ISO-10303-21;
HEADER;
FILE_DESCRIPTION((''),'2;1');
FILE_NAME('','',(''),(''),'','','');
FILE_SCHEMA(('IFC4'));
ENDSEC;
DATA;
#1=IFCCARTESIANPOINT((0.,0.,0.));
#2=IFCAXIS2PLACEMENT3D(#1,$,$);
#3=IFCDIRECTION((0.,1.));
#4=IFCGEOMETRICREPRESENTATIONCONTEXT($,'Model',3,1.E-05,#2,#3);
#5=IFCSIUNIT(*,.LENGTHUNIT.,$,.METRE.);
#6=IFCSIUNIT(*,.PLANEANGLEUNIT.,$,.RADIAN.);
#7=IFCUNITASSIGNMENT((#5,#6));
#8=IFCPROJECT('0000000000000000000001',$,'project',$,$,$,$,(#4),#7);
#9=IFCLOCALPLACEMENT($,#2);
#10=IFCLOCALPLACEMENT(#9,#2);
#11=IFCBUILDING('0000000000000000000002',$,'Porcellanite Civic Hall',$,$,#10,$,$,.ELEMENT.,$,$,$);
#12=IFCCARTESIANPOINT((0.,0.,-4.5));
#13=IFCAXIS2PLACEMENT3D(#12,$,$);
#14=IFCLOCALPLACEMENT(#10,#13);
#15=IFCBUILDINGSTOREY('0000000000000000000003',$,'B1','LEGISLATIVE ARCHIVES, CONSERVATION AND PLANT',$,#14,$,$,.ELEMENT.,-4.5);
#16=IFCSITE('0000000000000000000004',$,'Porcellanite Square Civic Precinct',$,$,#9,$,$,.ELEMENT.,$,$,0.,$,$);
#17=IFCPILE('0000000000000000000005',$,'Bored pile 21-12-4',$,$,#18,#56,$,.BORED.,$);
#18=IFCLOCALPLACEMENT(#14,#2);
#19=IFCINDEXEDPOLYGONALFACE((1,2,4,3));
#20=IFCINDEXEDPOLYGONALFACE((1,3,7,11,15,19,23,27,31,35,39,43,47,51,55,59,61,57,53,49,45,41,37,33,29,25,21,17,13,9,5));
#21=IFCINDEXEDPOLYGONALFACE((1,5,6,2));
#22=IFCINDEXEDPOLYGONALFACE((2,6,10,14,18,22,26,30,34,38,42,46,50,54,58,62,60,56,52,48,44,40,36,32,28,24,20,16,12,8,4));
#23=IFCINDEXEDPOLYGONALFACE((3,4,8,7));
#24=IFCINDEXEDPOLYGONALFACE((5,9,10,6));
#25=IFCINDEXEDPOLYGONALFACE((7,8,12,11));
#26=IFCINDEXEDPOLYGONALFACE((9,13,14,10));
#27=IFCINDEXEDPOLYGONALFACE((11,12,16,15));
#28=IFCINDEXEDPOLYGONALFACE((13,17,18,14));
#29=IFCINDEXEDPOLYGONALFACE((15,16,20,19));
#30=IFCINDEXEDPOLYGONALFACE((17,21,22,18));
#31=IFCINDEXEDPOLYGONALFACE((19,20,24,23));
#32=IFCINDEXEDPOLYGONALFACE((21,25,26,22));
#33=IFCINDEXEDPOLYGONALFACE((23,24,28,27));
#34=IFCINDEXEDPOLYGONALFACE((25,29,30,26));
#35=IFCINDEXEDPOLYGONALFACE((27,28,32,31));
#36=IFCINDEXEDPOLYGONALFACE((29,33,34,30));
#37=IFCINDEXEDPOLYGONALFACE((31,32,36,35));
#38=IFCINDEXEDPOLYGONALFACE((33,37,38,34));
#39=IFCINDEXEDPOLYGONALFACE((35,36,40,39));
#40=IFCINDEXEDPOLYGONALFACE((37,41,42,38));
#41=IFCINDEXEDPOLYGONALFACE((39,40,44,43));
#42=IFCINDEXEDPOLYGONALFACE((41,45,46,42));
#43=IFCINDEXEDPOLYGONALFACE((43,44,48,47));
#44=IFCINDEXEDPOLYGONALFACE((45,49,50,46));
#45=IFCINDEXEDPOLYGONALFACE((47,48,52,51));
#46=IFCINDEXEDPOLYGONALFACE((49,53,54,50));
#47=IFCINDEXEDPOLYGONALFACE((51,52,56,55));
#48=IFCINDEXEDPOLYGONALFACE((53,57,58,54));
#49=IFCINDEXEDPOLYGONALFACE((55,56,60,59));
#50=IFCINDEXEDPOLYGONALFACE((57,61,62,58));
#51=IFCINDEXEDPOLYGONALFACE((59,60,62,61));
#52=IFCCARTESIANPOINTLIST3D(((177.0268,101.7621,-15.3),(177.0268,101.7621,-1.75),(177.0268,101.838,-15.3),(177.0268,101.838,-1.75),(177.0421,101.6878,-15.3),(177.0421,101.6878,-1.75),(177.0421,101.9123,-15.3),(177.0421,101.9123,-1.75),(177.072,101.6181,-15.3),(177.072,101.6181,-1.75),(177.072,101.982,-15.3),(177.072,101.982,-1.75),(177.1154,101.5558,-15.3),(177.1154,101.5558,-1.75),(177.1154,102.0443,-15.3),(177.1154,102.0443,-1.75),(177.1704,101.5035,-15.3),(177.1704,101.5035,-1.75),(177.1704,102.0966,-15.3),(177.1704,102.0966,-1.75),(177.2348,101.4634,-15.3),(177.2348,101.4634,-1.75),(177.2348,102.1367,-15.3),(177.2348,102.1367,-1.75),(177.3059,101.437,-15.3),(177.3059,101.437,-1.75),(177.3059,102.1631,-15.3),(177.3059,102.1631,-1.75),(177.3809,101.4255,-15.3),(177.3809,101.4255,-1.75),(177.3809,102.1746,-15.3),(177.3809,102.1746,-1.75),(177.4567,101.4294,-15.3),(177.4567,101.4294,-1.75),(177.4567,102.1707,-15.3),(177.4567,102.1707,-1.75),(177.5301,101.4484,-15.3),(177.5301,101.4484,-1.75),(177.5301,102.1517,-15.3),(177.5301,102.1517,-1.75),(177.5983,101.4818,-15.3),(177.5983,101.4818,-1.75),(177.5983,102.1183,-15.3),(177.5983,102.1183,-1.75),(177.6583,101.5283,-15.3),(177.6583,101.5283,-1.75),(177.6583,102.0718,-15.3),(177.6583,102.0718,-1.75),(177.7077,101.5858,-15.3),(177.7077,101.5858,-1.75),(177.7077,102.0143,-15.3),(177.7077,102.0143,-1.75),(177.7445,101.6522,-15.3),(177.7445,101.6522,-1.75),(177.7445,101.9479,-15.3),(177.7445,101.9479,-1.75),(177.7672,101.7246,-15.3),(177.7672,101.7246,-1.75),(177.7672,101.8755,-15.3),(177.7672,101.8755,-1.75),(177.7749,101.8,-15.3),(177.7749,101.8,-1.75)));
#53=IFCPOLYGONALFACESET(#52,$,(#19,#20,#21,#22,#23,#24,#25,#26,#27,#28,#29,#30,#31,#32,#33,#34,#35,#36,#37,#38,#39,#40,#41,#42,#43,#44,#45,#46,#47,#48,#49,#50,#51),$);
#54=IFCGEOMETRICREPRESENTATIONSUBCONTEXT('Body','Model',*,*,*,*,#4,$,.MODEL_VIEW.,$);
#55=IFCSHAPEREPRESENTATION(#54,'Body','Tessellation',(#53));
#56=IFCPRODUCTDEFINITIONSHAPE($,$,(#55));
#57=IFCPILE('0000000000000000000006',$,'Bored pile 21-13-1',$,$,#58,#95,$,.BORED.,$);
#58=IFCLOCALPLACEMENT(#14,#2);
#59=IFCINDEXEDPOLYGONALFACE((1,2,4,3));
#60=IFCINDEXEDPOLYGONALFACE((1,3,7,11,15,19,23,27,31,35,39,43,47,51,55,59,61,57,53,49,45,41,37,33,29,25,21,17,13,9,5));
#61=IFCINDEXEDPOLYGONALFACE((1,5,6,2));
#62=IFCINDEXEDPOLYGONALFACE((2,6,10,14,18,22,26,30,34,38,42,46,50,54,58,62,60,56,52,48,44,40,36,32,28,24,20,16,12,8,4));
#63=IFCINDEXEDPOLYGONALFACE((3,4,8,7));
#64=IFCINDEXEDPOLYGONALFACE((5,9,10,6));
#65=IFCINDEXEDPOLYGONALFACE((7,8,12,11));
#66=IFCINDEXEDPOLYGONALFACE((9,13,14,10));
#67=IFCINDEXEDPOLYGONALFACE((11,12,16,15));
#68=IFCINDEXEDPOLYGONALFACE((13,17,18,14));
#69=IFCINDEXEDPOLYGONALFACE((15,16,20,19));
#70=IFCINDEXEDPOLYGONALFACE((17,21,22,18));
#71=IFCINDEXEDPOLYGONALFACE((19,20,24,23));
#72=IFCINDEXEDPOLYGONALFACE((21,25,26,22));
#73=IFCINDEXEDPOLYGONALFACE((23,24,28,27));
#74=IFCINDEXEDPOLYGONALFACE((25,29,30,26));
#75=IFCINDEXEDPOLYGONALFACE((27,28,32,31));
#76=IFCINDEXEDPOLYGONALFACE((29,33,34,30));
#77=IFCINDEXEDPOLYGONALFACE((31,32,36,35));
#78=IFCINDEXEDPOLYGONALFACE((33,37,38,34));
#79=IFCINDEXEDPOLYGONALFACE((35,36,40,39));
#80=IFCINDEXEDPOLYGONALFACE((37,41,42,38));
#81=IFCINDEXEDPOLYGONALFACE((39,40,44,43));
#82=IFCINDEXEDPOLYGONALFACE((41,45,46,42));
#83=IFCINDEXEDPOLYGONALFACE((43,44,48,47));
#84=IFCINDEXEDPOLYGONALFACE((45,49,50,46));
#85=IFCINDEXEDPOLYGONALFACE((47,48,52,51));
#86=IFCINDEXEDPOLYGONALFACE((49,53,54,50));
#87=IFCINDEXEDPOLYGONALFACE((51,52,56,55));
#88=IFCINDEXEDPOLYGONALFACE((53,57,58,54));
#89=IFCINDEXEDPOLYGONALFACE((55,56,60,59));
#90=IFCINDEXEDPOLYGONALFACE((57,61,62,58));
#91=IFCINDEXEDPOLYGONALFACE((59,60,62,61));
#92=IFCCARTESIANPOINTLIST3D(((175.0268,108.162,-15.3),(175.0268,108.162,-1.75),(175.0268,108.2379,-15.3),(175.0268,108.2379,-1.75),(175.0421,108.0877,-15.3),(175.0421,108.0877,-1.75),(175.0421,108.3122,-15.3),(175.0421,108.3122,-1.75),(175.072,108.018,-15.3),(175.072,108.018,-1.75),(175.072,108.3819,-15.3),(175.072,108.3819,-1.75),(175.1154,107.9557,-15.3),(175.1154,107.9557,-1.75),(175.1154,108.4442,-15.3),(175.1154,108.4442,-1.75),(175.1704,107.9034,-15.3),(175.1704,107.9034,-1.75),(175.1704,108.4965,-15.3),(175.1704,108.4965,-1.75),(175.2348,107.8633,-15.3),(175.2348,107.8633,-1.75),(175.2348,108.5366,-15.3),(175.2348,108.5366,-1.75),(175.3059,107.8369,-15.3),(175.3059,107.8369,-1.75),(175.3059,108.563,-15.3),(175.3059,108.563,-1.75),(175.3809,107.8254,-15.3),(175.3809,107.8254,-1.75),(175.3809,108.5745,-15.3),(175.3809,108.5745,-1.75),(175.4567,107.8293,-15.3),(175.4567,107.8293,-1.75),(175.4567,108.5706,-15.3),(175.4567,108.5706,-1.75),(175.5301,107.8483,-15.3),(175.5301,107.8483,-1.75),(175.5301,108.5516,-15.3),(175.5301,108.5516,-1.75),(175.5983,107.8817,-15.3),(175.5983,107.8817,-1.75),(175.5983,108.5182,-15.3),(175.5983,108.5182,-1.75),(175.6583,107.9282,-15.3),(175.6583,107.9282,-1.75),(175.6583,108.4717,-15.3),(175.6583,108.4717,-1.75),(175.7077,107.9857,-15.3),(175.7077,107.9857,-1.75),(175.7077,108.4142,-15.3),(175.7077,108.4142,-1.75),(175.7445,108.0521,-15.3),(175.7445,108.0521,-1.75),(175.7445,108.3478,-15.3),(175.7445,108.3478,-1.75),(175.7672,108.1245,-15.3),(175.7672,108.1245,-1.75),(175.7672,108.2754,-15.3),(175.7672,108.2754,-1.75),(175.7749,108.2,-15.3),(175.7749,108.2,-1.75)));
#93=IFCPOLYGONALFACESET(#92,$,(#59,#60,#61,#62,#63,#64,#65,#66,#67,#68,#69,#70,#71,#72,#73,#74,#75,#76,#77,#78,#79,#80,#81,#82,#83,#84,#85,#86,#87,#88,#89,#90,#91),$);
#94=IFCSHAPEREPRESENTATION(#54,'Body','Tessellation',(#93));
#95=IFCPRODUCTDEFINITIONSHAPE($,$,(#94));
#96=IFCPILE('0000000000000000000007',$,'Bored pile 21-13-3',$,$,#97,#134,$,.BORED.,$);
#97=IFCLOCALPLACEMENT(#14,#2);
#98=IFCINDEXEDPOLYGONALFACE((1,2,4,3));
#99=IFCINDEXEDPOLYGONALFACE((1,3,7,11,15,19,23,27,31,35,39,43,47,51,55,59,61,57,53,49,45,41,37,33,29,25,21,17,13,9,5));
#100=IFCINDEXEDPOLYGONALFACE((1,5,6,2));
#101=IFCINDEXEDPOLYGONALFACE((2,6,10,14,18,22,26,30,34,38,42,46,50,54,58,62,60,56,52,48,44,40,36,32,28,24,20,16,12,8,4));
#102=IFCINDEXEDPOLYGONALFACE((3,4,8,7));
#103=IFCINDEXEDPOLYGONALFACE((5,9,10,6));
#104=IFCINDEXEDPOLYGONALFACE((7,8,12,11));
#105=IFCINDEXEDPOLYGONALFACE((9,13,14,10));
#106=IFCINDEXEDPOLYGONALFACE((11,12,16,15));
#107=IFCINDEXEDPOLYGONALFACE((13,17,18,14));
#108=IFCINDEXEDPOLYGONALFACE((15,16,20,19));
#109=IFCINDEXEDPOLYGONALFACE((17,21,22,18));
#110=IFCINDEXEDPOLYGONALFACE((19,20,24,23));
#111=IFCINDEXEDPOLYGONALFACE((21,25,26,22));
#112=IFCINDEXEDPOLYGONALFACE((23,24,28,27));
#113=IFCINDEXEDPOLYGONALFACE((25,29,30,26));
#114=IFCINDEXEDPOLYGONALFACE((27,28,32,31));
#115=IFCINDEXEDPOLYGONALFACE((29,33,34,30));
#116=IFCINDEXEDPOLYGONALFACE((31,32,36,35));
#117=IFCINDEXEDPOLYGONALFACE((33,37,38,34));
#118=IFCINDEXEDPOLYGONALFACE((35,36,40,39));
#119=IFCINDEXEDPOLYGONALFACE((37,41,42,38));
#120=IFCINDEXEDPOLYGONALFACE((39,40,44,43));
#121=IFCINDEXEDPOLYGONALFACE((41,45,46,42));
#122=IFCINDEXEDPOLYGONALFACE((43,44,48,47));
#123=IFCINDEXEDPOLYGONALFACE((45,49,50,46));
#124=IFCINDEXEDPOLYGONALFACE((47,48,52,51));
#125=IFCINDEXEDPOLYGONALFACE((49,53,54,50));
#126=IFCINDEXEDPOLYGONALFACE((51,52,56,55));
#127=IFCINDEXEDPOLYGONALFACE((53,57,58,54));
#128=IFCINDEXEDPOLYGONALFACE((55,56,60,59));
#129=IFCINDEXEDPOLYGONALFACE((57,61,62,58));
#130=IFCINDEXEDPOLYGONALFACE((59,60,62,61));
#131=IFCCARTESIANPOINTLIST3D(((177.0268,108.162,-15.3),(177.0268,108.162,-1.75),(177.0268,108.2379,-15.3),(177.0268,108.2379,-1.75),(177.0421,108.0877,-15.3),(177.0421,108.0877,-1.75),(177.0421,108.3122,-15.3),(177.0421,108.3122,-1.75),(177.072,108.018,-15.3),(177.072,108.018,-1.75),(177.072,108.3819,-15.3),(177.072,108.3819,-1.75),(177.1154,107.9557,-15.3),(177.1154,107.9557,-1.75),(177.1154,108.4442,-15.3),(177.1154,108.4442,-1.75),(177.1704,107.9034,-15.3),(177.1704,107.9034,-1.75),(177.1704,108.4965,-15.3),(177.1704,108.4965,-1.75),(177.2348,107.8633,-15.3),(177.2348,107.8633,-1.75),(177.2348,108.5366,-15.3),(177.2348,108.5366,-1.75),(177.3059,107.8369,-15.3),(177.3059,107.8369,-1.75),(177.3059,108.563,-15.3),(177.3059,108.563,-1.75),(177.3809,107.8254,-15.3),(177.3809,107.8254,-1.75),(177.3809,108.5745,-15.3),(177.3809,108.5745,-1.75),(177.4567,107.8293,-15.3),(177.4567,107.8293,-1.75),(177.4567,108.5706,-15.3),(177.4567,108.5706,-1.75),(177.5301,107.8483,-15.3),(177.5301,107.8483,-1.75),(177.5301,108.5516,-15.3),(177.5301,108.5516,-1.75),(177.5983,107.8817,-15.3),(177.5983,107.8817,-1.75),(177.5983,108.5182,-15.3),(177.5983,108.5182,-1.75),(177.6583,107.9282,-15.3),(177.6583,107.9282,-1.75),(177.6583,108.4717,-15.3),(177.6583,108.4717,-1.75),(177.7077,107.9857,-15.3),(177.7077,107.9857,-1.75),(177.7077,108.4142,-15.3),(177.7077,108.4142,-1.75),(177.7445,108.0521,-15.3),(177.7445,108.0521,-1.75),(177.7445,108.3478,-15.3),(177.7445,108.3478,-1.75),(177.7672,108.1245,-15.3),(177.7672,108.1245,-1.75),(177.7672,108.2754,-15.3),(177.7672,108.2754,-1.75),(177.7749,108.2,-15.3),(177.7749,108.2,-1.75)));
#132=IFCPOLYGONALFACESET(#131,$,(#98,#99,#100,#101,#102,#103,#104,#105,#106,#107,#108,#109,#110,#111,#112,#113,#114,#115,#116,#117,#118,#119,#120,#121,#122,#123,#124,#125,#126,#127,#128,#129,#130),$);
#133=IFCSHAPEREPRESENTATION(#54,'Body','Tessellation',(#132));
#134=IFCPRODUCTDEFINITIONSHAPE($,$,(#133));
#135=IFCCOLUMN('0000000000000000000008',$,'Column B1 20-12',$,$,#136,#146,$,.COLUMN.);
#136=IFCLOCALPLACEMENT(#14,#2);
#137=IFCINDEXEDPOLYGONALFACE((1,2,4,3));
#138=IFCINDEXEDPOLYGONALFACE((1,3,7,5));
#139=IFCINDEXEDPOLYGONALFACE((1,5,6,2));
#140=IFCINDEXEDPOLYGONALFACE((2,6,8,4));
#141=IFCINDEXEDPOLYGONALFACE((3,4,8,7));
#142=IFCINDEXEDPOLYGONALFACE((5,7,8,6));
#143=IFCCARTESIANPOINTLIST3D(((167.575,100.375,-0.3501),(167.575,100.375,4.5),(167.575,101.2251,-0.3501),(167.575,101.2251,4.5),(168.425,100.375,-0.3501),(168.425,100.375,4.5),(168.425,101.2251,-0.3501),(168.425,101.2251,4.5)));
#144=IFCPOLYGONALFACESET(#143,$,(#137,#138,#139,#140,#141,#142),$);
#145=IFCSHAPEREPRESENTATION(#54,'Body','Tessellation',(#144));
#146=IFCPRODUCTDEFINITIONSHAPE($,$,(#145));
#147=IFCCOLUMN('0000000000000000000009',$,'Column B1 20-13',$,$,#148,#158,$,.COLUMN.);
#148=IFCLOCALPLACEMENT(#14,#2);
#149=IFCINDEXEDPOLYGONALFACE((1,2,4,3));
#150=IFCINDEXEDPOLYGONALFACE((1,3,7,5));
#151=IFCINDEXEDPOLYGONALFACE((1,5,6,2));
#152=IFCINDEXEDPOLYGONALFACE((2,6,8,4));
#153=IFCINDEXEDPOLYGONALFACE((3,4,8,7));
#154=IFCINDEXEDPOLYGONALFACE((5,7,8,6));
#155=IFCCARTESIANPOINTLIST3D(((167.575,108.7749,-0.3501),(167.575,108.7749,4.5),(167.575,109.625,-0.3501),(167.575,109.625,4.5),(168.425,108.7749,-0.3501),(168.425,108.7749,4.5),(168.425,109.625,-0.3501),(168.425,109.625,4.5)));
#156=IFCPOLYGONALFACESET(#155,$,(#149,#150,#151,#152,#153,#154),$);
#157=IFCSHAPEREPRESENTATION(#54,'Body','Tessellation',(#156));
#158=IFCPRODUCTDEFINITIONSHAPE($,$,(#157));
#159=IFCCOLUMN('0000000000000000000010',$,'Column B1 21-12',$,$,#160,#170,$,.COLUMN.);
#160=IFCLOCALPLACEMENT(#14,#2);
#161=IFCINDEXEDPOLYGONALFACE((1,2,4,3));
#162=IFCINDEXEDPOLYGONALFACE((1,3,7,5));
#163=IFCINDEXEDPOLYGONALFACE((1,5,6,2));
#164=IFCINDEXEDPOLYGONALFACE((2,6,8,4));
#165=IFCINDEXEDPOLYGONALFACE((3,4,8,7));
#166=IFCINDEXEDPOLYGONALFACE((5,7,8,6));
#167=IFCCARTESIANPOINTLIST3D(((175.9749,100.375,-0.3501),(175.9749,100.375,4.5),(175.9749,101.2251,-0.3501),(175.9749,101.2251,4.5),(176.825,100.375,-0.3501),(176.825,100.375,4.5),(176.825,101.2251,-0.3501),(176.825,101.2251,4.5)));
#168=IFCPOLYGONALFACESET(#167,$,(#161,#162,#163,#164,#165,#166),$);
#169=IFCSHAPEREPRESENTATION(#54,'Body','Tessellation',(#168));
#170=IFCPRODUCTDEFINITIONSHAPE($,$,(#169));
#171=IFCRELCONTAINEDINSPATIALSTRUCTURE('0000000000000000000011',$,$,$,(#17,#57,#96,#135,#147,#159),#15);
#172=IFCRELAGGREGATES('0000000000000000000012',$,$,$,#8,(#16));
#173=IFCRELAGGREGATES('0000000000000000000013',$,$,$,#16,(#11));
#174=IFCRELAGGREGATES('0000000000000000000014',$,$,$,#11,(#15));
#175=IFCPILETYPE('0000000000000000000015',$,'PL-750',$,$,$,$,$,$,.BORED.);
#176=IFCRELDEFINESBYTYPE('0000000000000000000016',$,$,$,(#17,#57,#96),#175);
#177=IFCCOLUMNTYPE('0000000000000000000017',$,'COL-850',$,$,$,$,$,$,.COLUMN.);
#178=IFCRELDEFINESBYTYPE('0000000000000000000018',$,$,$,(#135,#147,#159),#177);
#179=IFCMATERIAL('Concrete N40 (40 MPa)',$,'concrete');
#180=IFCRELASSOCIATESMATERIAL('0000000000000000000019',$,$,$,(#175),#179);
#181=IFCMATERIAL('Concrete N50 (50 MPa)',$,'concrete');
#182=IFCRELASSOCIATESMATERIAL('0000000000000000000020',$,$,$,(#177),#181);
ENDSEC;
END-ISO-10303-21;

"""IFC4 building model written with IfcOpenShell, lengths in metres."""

from ifc_helpers import new_model, si_unit, direction, frame, origin, origin_2d, place, context, subcontext, project, spatial, rectangle, circle, extrude, material, material_profile, profile_set, type_object, element, save


model = new_model("IFC4")

# Units and contexts
model_context = context("Model", 3, precision=1e-05, world=origin(), true_north=direction((0.0, 1.0)))
body_context = subcontext(model_context, "Body", "Model", "MODEL_VIEW")
ifc_project = project(units=[si_unit("LENGTHUNIT", "METRE"), si_unit("PLANEANGLEUNIT", "RADIAN")], contexts=[model_context])

# Site, building, storey
site_placement = place(None, origin())
site = spatial("IfcSite", under=ifc_project, at=site_placement, Name="Porcellanite Square Civic Precinct", CompositionType="ELEMENT", RefElevation=0.0)
building_placement = place(site_placement, origin())
building = spatial("IfcBuilding", under=site, at=building_placement, Name="Porcellanite Civic Hall", CompositionType="ELEMENT")
storey_placement = place(building_placement, frame((0.0, 0.0, -4.5)))
storey = spatial("IfcBuildingStorey", under=building, at=storey_placement, Name="B1", Description="LEGISLATIVE ARCHIVES, CONSERVATION AND PLANT", CompositionType="ELEMENT", Elevation=-4.5)

# Piles
ifc_material_1 = material(Name="Concrete N40 (40 MPa)", Category="concrete")
ifc_material_profile_1 = material_profile(ifc_material_1, circle(Radius=0.375, at=origin_2d()), Name="PILE-D750")
ifc_profile_set_1 = profile_set([ifc_material_profile_1], Name="Concrete N40 (40 MPa)")
pile_type = type_object("IfcPileType", Name="PL-750", PredefinedType="BORED", material=ifc_profile_set_1)
for number, where, z_axis, x_axis, name in (
    (1, (177.3999, 101.8, -1.75), (0.0, 0.0, -1.0), (1.0, 0.0, 0.0), "Bored pile 21-12-4"),
    (2, (175.3999, 108.2, -1.75), (0.0, 0.0, -1.0), (1.0, 0.0, 0.0), "Bored pile 21-13-1"),
    (3, (177.3999, 108.2, -1.75), (0.0, 0.0, -1.0), (1.0, 0.0, 0.0), "Bored pile 21-13-3"),
):
    element("IfcPile", number, at=place(storey_placement, frame(where, z_axis=z_axis, x_axis=x_axis)), inside=storey, type_object=pile_type, Name=name, PredefinedType="BORED", context=body_context, shape_type="SweptSolid", body=[
        extrude(circle(Radius=0.375, at=origin_2d()), origin(), (0.0, 0.0, 1.0), 13.55),
    ])

# Columns
ifc_material_2 = material(Name="Concrete N50 (50 MPa)", Category="concrete")
ifc_material_profile_2 = material_profile(ifc_material_2, rectangle(XDim=0.8501, YDim=0.8501, at=origin_2d()), Name="RC-850x850")
ifc_profile_set_2 = profile_set([ifc_material_profile_2], Name="Concrete N50 (50 MPa)")
column_type = type_object("IfcColumnType", Name="COL-850", PredefinedType="COLUMN", material=ifc_profile_set_2)
for number, where, z_axis, x_axis, name in (
    (4, (168.0, 100.8, -0.3501), (0.0, 0.0, 1.0), (1.0, 0.0, 0.0), "Column B1 20-12"),
    (5, (168.0, 109.2, -0.3501), (0.0, 0.0, 1.0), (1.0, 0.0, 0.0), "Column B1 20-13"),
    (6, (176.3999, 100.8, -0.3501), (0.0, 0.0, 1.0), (1.0, 0.0, 0.0), "Column B1 21-12"),
):
    element("IfcColumn", number, at=place(storey_placement, frame(where, z_axis=z_axis, x_axis=x_axis)), inside=storey, type_object=column_type, Name=name, PredefinedType="COLUMN", context=body_context, shape_type="SweptSolid", body=[
        extrude(rectangle(XDim=0.8501, YDim=0.8501, at=origin_2d()), origin(), (0.0, 0.0, 1.0), 4.8501),
    ])

save(model, "model.ifc")
